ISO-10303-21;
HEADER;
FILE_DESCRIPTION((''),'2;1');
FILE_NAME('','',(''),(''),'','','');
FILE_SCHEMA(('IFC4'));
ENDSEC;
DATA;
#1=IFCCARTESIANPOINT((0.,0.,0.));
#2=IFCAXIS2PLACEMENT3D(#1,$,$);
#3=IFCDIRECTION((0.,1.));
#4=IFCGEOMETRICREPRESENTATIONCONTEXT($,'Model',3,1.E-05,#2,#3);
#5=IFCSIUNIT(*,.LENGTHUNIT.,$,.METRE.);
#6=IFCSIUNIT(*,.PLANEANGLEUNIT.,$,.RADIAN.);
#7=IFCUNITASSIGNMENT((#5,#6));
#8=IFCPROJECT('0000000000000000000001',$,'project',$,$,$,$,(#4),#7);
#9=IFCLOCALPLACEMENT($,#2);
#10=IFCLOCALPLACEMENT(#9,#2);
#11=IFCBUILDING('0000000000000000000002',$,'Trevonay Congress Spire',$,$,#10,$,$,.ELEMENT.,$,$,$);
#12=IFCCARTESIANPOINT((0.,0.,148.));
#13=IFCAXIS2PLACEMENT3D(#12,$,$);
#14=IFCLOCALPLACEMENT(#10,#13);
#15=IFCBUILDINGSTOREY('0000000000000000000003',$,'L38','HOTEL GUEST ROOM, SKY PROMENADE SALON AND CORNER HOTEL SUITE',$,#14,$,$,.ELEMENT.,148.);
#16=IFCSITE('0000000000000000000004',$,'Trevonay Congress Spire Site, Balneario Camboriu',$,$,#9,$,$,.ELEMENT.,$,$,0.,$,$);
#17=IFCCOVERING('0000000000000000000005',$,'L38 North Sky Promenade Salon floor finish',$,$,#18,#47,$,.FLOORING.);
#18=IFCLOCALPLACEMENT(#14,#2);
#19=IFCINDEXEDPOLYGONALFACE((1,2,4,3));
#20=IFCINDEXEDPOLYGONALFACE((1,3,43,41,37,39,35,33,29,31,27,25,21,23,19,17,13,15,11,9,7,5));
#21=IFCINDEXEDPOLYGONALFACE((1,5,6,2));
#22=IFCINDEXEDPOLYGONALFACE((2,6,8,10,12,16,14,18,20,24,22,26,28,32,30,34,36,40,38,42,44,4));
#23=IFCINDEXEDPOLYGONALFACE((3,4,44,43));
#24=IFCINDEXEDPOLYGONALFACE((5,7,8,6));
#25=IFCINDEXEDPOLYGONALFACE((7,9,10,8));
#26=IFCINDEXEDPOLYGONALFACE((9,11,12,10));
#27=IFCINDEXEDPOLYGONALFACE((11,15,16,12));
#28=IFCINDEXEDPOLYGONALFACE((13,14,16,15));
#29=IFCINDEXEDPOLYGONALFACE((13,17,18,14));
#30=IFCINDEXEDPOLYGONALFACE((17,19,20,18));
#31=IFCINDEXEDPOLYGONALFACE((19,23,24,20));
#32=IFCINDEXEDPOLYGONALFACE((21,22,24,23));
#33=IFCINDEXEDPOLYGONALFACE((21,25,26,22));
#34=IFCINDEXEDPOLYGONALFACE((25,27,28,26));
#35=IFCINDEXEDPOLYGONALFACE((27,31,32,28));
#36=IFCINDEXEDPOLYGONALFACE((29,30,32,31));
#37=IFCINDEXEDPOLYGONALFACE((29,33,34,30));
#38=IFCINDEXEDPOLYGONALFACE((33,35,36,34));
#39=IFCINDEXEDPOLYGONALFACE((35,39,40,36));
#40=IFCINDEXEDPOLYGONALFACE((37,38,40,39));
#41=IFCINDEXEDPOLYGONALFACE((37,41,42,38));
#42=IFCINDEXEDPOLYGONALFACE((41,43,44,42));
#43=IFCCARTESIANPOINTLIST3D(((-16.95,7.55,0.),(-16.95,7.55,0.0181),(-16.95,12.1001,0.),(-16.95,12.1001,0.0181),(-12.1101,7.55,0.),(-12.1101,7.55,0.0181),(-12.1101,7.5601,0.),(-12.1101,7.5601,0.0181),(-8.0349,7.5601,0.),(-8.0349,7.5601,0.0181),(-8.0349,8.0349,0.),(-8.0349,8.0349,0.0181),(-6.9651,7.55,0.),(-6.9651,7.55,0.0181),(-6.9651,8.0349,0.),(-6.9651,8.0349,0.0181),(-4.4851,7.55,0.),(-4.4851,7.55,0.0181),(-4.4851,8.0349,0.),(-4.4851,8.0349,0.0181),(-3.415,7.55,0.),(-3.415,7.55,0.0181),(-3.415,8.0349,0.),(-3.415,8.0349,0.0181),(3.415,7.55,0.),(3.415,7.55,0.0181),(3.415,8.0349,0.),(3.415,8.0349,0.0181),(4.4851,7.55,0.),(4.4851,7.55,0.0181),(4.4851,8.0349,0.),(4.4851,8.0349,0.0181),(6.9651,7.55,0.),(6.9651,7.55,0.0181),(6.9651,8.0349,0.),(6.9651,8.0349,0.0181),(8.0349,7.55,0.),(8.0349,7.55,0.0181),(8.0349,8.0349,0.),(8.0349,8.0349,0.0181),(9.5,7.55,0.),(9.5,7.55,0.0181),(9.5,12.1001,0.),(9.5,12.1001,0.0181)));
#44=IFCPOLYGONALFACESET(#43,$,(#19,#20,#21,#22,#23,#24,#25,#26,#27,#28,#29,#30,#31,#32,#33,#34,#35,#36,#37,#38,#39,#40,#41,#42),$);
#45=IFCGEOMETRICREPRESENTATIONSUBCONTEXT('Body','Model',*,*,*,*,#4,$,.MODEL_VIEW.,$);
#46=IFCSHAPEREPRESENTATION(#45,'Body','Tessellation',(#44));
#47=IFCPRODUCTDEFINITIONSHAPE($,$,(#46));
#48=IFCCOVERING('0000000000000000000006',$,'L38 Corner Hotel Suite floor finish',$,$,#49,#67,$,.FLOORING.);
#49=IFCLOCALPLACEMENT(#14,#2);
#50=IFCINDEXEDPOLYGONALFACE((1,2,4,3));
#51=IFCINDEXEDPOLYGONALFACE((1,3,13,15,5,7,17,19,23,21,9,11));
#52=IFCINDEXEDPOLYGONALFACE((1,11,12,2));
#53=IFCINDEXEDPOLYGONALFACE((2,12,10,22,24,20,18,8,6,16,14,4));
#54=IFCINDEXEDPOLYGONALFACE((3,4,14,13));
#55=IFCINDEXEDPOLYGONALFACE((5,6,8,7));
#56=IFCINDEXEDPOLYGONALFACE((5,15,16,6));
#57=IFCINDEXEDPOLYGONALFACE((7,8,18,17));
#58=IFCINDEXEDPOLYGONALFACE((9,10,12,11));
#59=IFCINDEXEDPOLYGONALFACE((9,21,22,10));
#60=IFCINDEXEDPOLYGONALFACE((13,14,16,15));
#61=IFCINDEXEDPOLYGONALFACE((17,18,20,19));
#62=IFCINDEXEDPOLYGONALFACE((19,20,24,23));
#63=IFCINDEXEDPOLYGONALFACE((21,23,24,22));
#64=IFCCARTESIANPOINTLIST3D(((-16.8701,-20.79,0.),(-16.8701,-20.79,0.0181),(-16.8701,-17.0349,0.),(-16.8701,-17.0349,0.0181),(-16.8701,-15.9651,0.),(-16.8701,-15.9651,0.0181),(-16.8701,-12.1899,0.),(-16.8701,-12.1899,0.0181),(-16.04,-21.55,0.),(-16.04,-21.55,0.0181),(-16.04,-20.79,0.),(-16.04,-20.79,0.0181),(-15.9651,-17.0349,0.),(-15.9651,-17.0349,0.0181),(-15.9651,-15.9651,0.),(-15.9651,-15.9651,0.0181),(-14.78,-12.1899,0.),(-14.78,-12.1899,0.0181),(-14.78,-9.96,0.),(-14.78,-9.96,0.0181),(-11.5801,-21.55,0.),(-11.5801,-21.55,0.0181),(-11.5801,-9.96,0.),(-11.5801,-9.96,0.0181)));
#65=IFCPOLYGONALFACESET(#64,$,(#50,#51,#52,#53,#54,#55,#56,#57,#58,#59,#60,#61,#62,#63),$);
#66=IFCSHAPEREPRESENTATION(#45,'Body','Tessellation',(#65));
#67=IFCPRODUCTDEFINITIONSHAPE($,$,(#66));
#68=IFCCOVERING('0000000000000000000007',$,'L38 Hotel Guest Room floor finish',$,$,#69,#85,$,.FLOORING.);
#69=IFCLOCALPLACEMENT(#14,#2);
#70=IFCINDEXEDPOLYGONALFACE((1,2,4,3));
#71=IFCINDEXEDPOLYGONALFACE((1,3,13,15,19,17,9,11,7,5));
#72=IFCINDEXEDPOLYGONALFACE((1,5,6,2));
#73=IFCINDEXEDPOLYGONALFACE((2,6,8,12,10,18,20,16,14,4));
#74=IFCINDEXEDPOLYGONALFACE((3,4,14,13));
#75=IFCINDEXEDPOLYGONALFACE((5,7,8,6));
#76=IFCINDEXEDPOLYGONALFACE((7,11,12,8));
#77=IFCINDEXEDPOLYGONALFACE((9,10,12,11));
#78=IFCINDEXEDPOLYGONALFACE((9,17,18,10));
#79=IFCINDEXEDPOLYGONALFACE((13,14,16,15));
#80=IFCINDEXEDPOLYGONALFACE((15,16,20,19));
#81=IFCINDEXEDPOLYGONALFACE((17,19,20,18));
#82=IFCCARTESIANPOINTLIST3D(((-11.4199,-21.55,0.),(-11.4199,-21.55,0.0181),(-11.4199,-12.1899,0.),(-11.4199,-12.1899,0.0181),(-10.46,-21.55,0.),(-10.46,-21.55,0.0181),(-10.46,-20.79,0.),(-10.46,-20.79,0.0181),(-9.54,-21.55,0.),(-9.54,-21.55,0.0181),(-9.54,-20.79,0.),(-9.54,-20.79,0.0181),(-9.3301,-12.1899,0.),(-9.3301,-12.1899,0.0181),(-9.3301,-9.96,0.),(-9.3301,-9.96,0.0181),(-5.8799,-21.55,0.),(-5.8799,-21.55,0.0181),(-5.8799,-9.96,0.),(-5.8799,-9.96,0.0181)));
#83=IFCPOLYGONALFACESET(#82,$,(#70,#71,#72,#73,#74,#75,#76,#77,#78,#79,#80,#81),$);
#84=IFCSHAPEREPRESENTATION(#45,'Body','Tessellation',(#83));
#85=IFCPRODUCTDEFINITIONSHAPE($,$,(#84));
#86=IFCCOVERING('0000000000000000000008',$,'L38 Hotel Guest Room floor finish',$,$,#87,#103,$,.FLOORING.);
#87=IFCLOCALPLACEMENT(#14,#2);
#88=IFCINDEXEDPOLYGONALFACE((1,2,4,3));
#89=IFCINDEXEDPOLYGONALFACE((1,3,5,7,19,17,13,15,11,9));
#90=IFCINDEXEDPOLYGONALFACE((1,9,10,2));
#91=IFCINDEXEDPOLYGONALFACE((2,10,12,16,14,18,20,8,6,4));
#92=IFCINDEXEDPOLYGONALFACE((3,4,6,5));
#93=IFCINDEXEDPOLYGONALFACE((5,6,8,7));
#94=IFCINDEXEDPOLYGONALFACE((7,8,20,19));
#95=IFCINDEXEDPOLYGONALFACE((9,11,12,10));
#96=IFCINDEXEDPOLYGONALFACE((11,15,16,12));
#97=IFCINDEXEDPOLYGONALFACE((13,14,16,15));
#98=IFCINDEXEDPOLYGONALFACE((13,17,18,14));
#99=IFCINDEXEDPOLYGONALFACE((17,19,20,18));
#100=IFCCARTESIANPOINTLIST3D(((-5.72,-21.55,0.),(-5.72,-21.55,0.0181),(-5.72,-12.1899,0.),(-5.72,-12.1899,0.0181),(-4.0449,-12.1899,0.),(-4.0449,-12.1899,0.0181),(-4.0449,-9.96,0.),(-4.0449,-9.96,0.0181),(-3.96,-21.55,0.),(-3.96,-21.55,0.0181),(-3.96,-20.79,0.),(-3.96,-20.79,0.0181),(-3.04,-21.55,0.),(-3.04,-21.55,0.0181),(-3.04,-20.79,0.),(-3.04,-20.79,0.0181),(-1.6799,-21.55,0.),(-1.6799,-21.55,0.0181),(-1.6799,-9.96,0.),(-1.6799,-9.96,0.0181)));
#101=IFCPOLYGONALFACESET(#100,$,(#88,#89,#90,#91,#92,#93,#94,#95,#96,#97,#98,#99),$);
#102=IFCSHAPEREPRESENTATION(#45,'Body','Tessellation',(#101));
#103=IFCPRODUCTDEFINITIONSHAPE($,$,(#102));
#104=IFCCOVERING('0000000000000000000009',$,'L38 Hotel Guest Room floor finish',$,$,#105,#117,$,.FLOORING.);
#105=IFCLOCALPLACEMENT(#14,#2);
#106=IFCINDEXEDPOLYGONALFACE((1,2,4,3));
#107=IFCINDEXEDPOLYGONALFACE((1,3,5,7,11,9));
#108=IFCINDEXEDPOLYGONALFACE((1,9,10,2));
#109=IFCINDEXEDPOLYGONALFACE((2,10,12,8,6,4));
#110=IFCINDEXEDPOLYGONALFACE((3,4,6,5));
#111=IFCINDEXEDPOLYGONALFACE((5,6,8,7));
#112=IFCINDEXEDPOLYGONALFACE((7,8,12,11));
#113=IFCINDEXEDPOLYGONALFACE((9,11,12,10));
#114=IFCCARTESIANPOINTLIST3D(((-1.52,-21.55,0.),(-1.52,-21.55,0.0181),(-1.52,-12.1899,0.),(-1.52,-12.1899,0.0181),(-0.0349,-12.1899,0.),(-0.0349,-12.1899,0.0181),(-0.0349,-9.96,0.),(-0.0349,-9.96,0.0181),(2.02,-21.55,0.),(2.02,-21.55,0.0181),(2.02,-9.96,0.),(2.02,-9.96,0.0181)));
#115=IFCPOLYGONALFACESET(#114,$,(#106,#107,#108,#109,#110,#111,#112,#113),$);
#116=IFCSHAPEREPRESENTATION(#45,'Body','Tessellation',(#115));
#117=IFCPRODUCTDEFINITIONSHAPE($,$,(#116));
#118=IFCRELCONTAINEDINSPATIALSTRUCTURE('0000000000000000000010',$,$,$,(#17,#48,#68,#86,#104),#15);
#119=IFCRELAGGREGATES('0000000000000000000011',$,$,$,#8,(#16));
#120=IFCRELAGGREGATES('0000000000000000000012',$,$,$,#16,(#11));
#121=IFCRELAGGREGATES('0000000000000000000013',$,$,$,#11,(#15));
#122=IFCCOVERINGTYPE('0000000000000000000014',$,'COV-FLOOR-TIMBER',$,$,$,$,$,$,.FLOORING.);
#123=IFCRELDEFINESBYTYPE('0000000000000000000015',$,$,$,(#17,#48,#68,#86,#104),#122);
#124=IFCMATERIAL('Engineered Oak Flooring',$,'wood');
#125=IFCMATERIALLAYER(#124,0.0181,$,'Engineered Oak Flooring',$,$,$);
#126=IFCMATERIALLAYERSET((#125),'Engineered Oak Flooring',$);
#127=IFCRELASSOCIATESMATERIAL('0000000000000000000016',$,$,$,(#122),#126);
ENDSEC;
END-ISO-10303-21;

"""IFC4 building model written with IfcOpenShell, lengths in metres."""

from ifc_helpers import new_model, si_unit, direction, frame, origin, place, context, subcontext, project, spatial, polyline, outline, extrude, material, layer, layer_set, type_object, element, save


model = new_model("IFC4")

# Units and contexts
model_context = context("Model", 3, precision=1e-05, world=origin(), true_north=direction((0.0, 1.0)))
body_context = subcontext(model_context, "Body", "Model", "MODEL_VIEW")
ifc_project = project(units=[si_unit("LENGTHUNIT", "METRE"), si_unit("PLANEANGLEUNIT", "RADIAN")], contexts=[model_context])

# Site, building, storey
site_placement = place(None, origin())
site = spatial("IfcSite", under=ifc_project, at=site_placement, Name="Trevonay Congress Spire Site, Balneario Camboriu", CompositionType="ELEMENT", RefElevation=0.0)
building_placement = place(site_placement, origin())
building = spatial("IfcBuilding", under=site, at=building_placement, Name="Trevonay Congress Spire", CompositionType="ELEMENT")
storey_placement = place(building_placement, frame((0.0, 0.0, 148.0)))
storey = spatial("IfcBuildingStorey", under=building, at=storey_placement, Name="L38", Description="HOTEL GUEST ROOM, SKY PROMENADE SALON AND CORNER HOTEL SUITE", CompositionType="ELEMENT", Elevation=148.0)

# Coverings
ifc_material_1 = material(Name="Engineered Oak Flooring", Category="wood")
ifc_layer_1 = layer(ifc_material_1, 0.0181, Name="Engineered Oak Flooring")
ifc_layer_set_1 = layer_set([ifc_layer_1], Name="Engineered Oak Flooring")
covering_type_1 = type_object("IfcCoveringType", Name="COV-FLOOR-TIMBER", PredefinedType="FLOORING", material=ifc_layer_set_1)
covering_1_placement = place(storey_placement, origin())
element("IfcCovering", 1, at=covering_1_placement, inside=storey, type_object=covering_type_1, Name="L38 North Sky Promenade Salon floor finish", PredefinedType="FLOORING", context=body_context, shape_type="SweptSolid", body=[
    extrude(outline(polyline([(-16.95, 12.1001), (9.5, 12.1001), (9.5, 7.55), (8.0349, 7.55), (8.0349, 8.0349), (6.9651, 8.0349), (6.9651, 7.55), (4.4851, 7.55), (4.4851, 8.0349), (3.415, 8.0349), (3.415, 7.55), (-3.415, 7.55), (-3.415, 8.0349), (-4.4851, 8.0349), (-4.4851, 7.55), (-6.9651, 7.55), (-6.9651, 8.0349), (-8.0349, 8.0349), (-8.0349, 7.5601), (-12.1101, 7.5601), (-12.1101, 7.55), (-16.95, 7.55), (-16.95, 12.1001)])), origin(), (0.0, 0.0, 1.0), 0.0181),
])
covering_2_placement = place(storey_placement, origin())
element("IfcCovering", 2, at=covering_2_placement, inside=storey, type_object=covering_type_1, Name="L38 Corner Hotel Suite floor finish", PredefinedType="FLOORING", context=body_context, shape_type="SweptSolid", body=[
    extrude(outline(polyline([(-16.8701, -12.1899), (-14.78, -12.1899), (-14.78, -9.96), (-11.5801, -9.96), (-11.5801, -21.55), (-16.04, -21.55), (-16.04, -20.79), (-16.8701, -20.79), (-16.8701, -17.0349), (-15.9651, -17.0349), (-15.9651, -15.9651), (-16.8701, -15.9651), (-16.8701, -12.1899)])), origin(), (0.0, 0.0, 1.0), 0.0181),
])
covering_3_placement = place(storey_placement, origin())
element("IfcCovering", 3, at=covering_3_placement, inside=storey, type_object=covering_type_1, Name="L38 Hotel Guest Room floor finish", PredefinedType="FLOORING", context=body_context, shape_type="SweptSolid", body=[
    extrude(outline(polyline([(-11.4199, -21.55), (-11.4199, -12.1899), (-9.3301, -12.1899), (-9.3301, -9.96), (-5.8799, -9.96), (-5.8799, -21.55), (-9.54, -21.55), (-9.54, -20.79), (-10.46, -20.79), (-10.46, -21.55), (-11.4199, -21.55)])), origin(), (0.0, 0.0, 1.0), 0.0181),
])
covering_4_placement = place(storey_placement, origin())
element("IfcCovering", 4, at=covering_4_placement, inside=storey, type_object=covering_type_1, Name="L38 Hotel Guest Room floor finish", PredefinedType="FLOORING", context=body_context, shape_type="SweptSolid", body=[
    extrude(outline(polyline([(-5.72, -21.55), (-5.72, -12.1899), (-4.0449, -12.1899), (-4.0449, -9.96), (-1.6799, -9.96), (-1.6799, -21.55), (-3.04, -21.55), (-3.04, -20.79), (-3.96, -20.79), (-3.96, -21.55), (-5.72, -21.55)])), origin(), (0.0, 0.0, 1.0), 0.0181),
])
covering_5_placement = place(storey_placement, origin())
element("IfcCovering", 5, at=covering_5_placement, inside=storey, type_object=covering_type_1, Name="L38 Hotel Guest Room floor finish", PredefinedType="FLOORING", context=body_context, shape_type="SweptSolid", body=[
    extrude(outline(polyline([(-1.52, -21.55), (2.02, -21.55), (2.02, -9.96), (-0.0349, -9.96), (-0.0349, -12.1899), (-1.52, -12.1899), (-1.52, -21.55)])), origin(), (0.0, 0.0, 1.0), 0.0181),
])

save(model, "model.ifc")
